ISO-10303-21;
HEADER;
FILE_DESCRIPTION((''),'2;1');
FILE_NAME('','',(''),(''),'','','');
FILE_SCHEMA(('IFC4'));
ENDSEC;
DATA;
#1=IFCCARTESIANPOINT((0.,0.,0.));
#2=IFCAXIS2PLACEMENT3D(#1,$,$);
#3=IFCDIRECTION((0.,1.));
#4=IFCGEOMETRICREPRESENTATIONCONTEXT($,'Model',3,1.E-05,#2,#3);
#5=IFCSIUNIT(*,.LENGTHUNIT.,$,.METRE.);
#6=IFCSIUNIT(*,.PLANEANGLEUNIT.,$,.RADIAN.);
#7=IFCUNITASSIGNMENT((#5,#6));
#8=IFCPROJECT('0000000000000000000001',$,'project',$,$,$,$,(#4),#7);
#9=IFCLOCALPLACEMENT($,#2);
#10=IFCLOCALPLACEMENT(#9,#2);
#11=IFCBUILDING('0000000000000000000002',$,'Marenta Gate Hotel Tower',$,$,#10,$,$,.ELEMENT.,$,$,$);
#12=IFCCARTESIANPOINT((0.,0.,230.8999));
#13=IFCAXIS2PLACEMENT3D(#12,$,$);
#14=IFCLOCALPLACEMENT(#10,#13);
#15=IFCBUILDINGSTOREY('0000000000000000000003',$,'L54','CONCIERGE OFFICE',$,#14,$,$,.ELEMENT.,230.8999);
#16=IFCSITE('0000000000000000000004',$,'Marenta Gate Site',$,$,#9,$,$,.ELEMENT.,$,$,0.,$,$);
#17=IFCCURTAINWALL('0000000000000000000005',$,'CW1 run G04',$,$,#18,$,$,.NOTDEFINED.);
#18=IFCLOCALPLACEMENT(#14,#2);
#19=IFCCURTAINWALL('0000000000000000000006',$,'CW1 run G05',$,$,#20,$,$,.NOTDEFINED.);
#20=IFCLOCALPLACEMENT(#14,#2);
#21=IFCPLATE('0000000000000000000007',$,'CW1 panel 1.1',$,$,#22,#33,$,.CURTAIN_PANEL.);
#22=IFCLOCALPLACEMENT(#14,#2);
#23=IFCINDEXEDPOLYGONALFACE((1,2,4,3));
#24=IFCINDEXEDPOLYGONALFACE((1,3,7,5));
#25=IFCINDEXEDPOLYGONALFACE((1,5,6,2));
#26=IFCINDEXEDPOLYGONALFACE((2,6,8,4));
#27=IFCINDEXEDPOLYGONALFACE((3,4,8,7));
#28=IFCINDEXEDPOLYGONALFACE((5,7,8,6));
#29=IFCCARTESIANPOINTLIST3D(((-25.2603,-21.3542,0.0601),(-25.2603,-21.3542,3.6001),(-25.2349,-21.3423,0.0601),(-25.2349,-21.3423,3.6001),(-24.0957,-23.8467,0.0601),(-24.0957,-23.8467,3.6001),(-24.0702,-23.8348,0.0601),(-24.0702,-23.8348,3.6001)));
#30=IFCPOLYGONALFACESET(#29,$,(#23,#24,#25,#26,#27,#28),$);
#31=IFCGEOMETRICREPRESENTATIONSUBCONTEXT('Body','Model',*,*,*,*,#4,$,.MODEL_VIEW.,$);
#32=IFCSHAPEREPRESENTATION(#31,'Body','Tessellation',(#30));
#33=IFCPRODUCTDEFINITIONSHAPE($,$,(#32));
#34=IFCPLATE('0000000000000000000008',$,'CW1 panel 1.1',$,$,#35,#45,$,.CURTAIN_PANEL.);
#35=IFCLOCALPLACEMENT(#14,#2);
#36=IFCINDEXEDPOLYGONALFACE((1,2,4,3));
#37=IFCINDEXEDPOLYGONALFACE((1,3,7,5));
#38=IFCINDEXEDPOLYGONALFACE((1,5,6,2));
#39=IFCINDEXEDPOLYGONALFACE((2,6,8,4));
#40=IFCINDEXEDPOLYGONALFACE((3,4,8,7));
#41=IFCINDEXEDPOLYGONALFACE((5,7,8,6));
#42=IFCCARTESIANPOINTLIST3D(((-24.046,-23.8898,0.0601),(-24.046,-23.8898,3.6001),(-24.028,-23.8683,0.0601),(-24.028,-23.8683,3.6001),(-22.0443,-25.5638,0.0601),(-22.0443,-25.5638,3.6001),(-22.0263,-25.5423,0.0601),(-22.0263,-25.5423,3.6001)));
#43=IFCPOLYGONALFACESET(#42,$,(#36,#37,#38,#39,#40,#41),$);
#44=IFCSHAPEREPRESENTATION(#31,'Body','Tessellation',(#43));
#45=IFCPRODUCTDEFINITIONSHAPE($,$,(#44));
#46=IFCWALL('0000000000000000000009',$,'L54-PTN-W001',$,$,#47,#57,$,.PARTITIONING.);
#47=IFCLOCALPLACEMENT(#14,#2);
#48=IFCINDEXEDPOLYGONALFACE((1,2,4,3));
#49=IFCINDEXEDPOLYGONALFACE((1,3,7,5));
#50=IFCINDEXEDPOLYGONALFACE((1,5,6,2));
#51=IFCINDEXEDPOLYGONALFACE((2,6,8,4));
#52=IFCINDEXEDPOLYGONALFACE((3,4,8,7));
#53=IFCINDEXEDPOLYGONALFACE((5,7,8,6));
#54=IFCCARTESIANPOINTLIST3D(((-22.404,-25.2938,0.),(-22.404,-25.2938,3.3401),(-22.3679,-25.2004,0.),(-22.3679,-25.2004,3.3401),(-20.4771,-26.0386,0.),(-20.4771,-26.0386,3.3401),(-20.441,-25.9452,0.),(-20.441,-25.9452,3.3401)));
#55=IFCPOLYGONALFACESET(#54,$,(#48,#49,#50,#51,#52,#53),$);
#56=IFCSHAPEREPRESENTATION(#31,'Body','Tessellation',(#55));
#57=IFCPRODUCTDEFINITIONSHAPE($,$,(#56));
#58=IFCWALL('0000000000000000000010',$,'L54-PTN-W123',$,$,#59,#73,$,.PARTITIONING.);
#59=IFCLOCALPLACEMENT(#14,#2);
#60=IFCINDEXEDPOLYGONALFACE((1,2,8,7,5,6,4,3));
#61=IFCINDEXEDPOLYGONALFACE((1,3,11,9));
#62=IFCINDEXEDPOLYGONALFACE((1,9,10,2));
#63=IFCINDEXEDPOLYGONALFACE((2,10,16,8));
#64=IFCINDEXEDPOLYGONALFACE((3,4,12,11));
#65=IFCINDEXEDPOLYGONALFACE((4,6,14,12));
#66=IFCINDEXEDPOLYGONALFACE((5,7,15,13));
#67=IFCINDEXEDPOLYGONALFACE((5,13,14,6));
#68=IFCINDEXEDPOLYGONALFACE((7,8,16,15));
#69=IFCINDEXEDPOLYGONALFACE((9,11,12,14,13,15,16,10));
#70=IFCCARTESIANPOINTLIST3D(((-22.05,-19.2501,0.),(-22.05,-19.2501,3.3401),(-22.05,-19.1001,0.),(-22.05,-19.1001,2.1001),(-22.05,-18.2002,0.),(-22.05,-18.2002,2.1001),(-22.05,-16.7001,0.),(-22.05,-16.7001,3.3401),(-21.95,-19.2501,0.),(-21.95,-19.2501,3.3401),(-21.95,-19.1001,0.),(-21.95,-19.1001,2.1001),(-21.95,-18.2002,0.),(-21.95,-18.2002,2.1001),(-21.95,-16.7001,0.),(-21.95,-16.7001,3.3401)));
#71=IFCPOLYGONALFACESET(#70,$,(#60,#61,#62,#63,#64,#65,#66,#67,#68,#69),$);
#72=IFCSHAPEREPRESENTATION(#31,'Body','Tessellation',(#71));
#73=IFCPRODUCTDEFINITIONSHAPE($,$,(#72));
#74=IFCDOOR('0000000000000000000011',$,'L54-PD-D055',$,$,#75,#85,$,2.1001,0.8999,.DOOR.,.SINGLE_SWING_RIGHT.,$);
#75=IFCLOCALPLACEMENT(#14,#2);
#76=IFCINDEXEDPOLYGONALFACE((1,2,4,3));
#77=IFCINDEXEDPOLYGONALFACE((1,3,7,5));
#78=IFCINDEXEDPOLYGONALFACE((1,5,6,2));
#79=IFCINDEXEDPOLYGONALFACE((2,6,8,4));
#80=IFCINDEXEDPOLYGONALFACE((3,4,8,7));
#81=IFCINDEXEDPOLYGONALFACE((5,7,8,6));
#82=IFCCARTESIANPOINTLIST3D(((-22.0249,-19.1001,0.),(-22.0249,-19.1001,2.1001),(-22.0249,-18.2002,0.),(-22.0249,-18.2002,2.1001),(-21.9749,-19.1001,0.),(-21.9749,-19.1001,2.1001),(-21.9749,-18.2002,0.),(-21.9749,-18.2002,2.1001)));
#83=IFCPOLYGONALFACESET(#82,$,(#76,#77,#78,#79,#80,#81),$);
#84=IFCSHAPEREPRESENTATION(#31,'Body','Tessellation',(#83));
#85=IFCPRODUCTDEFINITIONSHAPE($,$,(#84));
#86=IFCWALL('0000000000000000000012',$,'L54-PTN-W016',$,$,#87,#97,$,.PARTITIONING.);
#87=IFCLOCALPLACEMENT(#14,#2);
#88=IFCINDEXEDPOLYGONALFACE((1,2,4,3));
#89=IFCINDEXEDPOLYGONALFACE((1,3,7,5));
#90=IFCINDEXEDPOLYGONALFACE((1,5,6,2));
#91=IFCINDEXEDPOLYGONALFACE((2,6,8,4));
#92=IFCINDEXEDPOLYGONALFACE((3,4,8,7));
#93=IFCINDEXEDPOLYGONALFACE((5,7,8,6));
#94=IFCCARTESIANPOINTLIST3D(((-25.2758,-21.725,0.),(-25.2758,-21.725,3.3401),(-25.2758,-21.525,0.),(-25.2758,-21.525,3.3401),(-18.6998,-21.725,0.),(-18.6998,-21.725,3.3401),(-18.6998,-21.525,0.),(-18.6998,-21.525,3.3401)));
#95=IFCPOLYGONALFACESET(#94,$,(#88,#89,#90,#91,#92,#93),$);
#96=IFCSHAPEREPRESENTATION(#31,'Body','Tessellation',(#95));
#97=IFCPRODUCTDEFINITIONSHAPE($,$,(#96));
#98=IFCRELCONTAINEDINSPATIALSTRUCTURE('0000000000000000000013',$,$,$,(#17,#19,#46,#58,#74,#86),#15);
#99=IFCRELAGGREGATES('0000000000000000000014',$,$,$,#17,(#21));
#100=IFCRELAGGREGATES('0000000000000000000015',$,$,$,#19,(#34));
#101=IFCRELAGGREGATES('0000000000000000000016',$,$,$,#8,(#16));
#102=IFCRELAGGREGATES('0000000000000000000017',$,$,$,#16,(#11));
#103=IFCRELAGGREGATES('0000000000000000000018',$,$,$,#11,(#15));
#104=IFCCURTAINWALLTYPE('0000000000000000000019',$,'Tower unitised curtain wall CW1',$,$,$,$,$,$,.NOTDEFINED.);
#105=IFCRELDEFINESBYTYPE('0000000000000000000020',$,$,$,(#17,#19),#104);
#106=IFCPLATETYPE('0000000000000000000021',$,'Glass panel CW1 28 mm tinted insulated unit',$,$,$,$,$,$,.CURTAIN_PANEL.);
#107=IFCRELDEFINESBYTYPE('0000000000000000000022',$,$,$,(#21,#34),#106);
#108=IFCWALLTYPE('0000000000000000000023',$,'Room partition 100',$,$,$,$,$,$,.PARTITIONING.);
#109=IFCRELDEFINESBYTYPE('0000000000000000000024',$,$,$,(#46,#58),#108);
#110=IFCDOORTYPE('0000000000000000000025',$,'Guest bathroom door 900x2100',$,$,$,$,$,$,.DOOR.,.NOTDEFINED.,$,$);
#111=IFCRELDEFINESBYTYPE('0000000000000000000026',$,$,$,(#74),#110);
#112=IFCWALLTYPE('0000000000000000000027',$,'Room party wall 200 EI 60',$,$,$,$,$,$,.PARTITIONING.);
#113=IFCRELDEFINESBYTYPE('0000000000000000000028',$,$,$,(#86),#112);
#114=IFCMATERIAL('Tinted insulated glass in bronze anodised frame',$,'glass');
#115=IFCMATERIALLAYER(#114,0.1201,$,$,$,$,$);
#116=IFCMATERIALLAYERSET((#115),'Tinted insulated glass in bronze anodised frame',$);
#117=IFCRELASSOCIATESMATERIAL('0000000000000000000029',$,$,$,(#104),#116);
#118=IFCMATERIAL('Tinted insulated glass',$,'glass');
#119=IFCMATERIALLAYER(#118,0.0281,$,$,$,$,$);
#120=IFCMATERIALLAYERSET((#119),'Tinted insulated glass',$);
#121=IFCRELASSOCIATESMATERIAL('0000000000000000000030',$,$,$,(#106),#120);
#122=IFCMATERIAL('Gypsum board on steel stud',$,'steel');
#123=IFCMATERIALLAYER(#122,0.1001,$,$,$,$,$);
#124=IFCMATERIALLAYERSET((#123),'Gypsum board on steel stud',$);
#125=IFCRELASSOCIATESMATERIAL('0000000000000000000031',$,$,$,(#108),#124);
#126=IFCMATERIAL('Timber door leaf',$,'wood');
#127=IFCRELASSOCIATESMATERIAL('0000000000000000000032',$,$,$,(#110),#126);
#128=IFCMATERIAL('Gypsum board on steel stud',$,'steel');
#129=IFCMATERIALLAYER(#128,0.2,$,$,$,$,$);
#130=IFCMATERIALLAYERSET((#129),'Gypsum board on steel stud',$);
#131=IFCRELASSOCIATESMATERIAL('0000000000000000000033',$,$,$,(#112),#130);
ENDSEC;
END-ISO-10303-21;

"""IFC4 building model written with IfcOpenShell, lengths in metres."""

from ifc_helpers import new_model, si_unit, direction, frame, frame_2d, origin, origin_2d, place, context, subcontext, project, spatial, rectangle, extrude, material, layer, layer_set, type_object, element, fill, aggregate, save


model = new_model("IFC4")

# Units and contexts
model_context = context("Model", 3, precision=1e-05, world=origin(), true_north=direction((0.0, 1.0)))
body_context = subcontext(model_context, "Body", "Model", "MODEL_VIEW")
ifc_project = project(units=[si_unit("LENGTHUNIT", "METRE"), si_unit("PLANEANGLEUNIT", "RADIAN")], contexts=[model_context])

# Site, building, storey
site_placement = place(None, origin())
site = spatial("IfcSite", under=ifc_project, at=site_placement, Name="Marenta Gate Site", CompositionType="ELEMENT", RefElevation=0.0)
building_placement = place(site_placement, origin())
building = spatial("IfcBuilding", under=site, at=building_placement, Name="Marenta Gate Hotel Tower", CompositionType="ELEMENT")
storey_placement = place(building_placement, frame((0.0, 0.0, 230.8999)))
storey = spatial("IfcBuildingStorey", under=building, at=storey_placement, Name="L54", Description="CONCIERGE OFFICE", CompositionType="ELEMENT", Elevation=230.8999)

# Curtain walls
ifc_material_1 = material(Name="Tinted insulated glass in bronze anodised frame", Category="glass")
ifc_layer_1 = layer(ifc_material_1, 0.1201)
ifc_layer_set_1 = layer_set([ifc_layer_1], Name="Tinted insulated glass in bronze anodised frame")
curtain_wall_type = type_object("IfcCurtainWallType", Name="Tower unitised curtain wall CW1", PredefinedType="NOTDEFINED", material=ifc_layer_set_1)
curtain_wall_1_placement = place(storey_placement, origin())
curtain_wall_1 = element("IfcCurtainWall", 1, at=curtain_wall_1_placement, inside=storey, type_object=curtain_wall_type, Name="CW1 run G04", PredefinedType="NOTDEFINED")
curtain_wall_2_placement = place(storey_placement, origin())
curtain_wall_2 = element("IfcCurtainWall", 2, at=curtain_wall_2_placement, inside=storey, type_object=curtain_wall_type, Name="CW1 run G05", PredefinedType="NOTDEFINED")

# Plates
ifc_material_2 = material(Name="Tinted insulated glass", Category="glass")
ifc_layer_2 = layer(ifc_material_2, 0.0281)
ifc_layer_set_2 = layer_set([ifc_layer_2], Name="Tinted insulated glass")
plate_type = type_object("IfcPlateType", Name="Glass panel CW1 28 mm tinted insulated unit", PredefinedType="CURTAIN_PANEL", material=ifc_layer_set_2)
plate_1_placement = place(storey_placement, frame((-24.6653, -22.5945, 0.0601), z_axis=(0.0, 0.0, 1.0), x_axis=(0.423337, -0.905972, 0.0)))
plate_1 = element("IfcPlate", 3, at=plate_1_placement, type_object=plate_type, Name="CW1 panel 1.1", PredefinedType="CURTAIN_PANEL", context=body_context, shape_type="SweptSolid", body=[
    extrude(rectangle(XDim=2.7512, YDim=0.0281, at=origin_2d()), origin(), (0.0, 0.0, 1.0), 3.54),
])
aggregate(curtain_wall_1, [plate_1])
plate_2_placement = place(storey_placement, frame((-23.0361, -24.7161, 0.0601), z_axis=(0.0, 0.0, 1.0), x_axis=(0.767102, -0.641525, 0.0)))
plate_2 = element("IfcPlate", 4, at=plate_2_placement, type_object=plate_type, Name="CW1 panel 1.1", PredefinedType="CURTAIN_PANEL", context=body_context, shape_type="SweptSolid", body=[
    extrude(rectangle(XDim=2.6094, YDim=0.0281, at=origin_2d()), origin(), (0.0, 0.0, 1.0), 3.54),
])
aggregate(curtain_wall_2, [plate_2])

# Wall
ifc_material_3 = material(Name="Gypsum board on steel stud", Category="steel")
ifc_layer_3 = layer(ifc_material_3, 0.1001)
ifc_layer_set_3 = layer_set([ifc_layer_3], Name="Gypsum board on steel stud")
wall_type_1 = type_object("IfcWallType", Name="Room partition 100", PredefinedType="PARTITIONING", material=ifc_layer_set_3)
wall_1_placement = place(storey_placement, frame((-22.386, -25.2471, 0.0), z_axis=(0.0, 0.0, 1.0), x_axis=(0.932741, -0.360546, 0.0)))
element("IfcWall", 5, at=wall_1_placement, inside=storey, type_object=wall_type_1, Name="L54-PTN-W001", PredefinedType="PARTITIONING", context=body_context, shape_type="SweptSolid", body=[
    extrude(rectangle(XDim=2.0659, YDim=0.1001, at=frame_2d((1.033, 0.0))), origin(), (0.0, 0.0, 1.0), 3.3401),
])

# Wall, opening, door
wall_2_placement = place(storey_placement, frame((-22.0, -19.25, 0.0), z_axis=(0.0, 0.0, 1.0), x_axis=(0.0, 1.0, 0.0)))
wall_2 = element("IfcWall", 6, at=wall_2_placement, inside=storey, type_object=wall_type_1, Name="L54-PTN-W123", PredefinedType="PARTITIONING", context=body_context, shape_type="SweptSolid", body=[
    extrude(rectangle(XDim=2.55, YDim=0.1001, at=frame_2d((1.2749, 0.0))), origin(), (0.0, 0.0, 1.0), 3.3401),
])
opening_placement = place(wall_2_placement, frame((0.1499, 0.0, 0.0)))
opening = element("IfcOpeningElement", 7, at=opening_placement, cuts=wall_2, PredefinedType="OPENING", context=body_context, shape_type="SweptSolid", body=[
    extrude(rectangle(XDim=0.8999, YDim=2.1001, at=frame_2d((0.45, 1.05))), frame((0.0, 0.05, 0.0), z_axis=(0.0, -1.0, 0.0), x_axis=(1.0, 0.0, 0.0)), (0.0, 0.0, 1.0), 0.1001),
])
ifc_material_4 = material(Name="Timber door leaf", Category="wood")
door_type = type_object("IfcDoorType", Name="Guest bathroom door 900x2100", OperationType="NOTDEFINED", PredefinedType="DOOR", material=ifc_material_4)
door_placement = place(opening_placement, origin())
door = element("IfcDoor", 8, at=door_placement, inside=storey, type_object=door_type, Name="L54-PD-D055", OperationType="SINGLE_SWING_RIGHT", OverallHeight=2.1001, OverallWidth=0.8999, PredefinedType="DOOR", context=body_context, shape_type="SweptSolid", body=[
    extrude(rectangle(XDim=0.8999, YDim=2.1001, at=frame_2d((0.45, 1.05))), frame((0.0, 0.0249, 0.0), z_axis=(0.0, -1.0, 0.0), x_axis=(1.0, 0.0, 0.0)), (0.0, 0.0, 1.0), 0.05),
])
fill(opening, door)

# Wall
ifc_material_5 = material(Name="Gypsum board on steel stud", Category="steel")
ifc_layer_4 = layer(ifc_material_5, 0.2)
ifc_layer_set_4 = layer_set([ifc_layer_4], Name="Gypsum board on steel stud")
wall_type_2 = type_object("IfcWallType", Name="Room party wall 200 EI 60", PredefinedType="PARTITIONING", material=ifc_layer_set_4)
wall_3_placement = place(storey_placement, frame((-25.2759, -21.625, 0.0), z_axis=(0.0, 0.0, 1.0), x_axis=(1.0, 0.0, 0.0)))
element("IfcWall", 9, at=wall_3_placement, inside=storey, type_object=wall_type_2, Name="L54-PTN-W016", PredefinedType="PARTITIONING", context=body_context, shape_type="SweptSolid", body=[
    extrude(rectangle(XDim=6.5759, YDim=0.2, at=frame_2d((3.2881, 0.0))), origin(), (0.0, 0.0, 1.0), 3.3401),
])

save(model, "model.ifc")
